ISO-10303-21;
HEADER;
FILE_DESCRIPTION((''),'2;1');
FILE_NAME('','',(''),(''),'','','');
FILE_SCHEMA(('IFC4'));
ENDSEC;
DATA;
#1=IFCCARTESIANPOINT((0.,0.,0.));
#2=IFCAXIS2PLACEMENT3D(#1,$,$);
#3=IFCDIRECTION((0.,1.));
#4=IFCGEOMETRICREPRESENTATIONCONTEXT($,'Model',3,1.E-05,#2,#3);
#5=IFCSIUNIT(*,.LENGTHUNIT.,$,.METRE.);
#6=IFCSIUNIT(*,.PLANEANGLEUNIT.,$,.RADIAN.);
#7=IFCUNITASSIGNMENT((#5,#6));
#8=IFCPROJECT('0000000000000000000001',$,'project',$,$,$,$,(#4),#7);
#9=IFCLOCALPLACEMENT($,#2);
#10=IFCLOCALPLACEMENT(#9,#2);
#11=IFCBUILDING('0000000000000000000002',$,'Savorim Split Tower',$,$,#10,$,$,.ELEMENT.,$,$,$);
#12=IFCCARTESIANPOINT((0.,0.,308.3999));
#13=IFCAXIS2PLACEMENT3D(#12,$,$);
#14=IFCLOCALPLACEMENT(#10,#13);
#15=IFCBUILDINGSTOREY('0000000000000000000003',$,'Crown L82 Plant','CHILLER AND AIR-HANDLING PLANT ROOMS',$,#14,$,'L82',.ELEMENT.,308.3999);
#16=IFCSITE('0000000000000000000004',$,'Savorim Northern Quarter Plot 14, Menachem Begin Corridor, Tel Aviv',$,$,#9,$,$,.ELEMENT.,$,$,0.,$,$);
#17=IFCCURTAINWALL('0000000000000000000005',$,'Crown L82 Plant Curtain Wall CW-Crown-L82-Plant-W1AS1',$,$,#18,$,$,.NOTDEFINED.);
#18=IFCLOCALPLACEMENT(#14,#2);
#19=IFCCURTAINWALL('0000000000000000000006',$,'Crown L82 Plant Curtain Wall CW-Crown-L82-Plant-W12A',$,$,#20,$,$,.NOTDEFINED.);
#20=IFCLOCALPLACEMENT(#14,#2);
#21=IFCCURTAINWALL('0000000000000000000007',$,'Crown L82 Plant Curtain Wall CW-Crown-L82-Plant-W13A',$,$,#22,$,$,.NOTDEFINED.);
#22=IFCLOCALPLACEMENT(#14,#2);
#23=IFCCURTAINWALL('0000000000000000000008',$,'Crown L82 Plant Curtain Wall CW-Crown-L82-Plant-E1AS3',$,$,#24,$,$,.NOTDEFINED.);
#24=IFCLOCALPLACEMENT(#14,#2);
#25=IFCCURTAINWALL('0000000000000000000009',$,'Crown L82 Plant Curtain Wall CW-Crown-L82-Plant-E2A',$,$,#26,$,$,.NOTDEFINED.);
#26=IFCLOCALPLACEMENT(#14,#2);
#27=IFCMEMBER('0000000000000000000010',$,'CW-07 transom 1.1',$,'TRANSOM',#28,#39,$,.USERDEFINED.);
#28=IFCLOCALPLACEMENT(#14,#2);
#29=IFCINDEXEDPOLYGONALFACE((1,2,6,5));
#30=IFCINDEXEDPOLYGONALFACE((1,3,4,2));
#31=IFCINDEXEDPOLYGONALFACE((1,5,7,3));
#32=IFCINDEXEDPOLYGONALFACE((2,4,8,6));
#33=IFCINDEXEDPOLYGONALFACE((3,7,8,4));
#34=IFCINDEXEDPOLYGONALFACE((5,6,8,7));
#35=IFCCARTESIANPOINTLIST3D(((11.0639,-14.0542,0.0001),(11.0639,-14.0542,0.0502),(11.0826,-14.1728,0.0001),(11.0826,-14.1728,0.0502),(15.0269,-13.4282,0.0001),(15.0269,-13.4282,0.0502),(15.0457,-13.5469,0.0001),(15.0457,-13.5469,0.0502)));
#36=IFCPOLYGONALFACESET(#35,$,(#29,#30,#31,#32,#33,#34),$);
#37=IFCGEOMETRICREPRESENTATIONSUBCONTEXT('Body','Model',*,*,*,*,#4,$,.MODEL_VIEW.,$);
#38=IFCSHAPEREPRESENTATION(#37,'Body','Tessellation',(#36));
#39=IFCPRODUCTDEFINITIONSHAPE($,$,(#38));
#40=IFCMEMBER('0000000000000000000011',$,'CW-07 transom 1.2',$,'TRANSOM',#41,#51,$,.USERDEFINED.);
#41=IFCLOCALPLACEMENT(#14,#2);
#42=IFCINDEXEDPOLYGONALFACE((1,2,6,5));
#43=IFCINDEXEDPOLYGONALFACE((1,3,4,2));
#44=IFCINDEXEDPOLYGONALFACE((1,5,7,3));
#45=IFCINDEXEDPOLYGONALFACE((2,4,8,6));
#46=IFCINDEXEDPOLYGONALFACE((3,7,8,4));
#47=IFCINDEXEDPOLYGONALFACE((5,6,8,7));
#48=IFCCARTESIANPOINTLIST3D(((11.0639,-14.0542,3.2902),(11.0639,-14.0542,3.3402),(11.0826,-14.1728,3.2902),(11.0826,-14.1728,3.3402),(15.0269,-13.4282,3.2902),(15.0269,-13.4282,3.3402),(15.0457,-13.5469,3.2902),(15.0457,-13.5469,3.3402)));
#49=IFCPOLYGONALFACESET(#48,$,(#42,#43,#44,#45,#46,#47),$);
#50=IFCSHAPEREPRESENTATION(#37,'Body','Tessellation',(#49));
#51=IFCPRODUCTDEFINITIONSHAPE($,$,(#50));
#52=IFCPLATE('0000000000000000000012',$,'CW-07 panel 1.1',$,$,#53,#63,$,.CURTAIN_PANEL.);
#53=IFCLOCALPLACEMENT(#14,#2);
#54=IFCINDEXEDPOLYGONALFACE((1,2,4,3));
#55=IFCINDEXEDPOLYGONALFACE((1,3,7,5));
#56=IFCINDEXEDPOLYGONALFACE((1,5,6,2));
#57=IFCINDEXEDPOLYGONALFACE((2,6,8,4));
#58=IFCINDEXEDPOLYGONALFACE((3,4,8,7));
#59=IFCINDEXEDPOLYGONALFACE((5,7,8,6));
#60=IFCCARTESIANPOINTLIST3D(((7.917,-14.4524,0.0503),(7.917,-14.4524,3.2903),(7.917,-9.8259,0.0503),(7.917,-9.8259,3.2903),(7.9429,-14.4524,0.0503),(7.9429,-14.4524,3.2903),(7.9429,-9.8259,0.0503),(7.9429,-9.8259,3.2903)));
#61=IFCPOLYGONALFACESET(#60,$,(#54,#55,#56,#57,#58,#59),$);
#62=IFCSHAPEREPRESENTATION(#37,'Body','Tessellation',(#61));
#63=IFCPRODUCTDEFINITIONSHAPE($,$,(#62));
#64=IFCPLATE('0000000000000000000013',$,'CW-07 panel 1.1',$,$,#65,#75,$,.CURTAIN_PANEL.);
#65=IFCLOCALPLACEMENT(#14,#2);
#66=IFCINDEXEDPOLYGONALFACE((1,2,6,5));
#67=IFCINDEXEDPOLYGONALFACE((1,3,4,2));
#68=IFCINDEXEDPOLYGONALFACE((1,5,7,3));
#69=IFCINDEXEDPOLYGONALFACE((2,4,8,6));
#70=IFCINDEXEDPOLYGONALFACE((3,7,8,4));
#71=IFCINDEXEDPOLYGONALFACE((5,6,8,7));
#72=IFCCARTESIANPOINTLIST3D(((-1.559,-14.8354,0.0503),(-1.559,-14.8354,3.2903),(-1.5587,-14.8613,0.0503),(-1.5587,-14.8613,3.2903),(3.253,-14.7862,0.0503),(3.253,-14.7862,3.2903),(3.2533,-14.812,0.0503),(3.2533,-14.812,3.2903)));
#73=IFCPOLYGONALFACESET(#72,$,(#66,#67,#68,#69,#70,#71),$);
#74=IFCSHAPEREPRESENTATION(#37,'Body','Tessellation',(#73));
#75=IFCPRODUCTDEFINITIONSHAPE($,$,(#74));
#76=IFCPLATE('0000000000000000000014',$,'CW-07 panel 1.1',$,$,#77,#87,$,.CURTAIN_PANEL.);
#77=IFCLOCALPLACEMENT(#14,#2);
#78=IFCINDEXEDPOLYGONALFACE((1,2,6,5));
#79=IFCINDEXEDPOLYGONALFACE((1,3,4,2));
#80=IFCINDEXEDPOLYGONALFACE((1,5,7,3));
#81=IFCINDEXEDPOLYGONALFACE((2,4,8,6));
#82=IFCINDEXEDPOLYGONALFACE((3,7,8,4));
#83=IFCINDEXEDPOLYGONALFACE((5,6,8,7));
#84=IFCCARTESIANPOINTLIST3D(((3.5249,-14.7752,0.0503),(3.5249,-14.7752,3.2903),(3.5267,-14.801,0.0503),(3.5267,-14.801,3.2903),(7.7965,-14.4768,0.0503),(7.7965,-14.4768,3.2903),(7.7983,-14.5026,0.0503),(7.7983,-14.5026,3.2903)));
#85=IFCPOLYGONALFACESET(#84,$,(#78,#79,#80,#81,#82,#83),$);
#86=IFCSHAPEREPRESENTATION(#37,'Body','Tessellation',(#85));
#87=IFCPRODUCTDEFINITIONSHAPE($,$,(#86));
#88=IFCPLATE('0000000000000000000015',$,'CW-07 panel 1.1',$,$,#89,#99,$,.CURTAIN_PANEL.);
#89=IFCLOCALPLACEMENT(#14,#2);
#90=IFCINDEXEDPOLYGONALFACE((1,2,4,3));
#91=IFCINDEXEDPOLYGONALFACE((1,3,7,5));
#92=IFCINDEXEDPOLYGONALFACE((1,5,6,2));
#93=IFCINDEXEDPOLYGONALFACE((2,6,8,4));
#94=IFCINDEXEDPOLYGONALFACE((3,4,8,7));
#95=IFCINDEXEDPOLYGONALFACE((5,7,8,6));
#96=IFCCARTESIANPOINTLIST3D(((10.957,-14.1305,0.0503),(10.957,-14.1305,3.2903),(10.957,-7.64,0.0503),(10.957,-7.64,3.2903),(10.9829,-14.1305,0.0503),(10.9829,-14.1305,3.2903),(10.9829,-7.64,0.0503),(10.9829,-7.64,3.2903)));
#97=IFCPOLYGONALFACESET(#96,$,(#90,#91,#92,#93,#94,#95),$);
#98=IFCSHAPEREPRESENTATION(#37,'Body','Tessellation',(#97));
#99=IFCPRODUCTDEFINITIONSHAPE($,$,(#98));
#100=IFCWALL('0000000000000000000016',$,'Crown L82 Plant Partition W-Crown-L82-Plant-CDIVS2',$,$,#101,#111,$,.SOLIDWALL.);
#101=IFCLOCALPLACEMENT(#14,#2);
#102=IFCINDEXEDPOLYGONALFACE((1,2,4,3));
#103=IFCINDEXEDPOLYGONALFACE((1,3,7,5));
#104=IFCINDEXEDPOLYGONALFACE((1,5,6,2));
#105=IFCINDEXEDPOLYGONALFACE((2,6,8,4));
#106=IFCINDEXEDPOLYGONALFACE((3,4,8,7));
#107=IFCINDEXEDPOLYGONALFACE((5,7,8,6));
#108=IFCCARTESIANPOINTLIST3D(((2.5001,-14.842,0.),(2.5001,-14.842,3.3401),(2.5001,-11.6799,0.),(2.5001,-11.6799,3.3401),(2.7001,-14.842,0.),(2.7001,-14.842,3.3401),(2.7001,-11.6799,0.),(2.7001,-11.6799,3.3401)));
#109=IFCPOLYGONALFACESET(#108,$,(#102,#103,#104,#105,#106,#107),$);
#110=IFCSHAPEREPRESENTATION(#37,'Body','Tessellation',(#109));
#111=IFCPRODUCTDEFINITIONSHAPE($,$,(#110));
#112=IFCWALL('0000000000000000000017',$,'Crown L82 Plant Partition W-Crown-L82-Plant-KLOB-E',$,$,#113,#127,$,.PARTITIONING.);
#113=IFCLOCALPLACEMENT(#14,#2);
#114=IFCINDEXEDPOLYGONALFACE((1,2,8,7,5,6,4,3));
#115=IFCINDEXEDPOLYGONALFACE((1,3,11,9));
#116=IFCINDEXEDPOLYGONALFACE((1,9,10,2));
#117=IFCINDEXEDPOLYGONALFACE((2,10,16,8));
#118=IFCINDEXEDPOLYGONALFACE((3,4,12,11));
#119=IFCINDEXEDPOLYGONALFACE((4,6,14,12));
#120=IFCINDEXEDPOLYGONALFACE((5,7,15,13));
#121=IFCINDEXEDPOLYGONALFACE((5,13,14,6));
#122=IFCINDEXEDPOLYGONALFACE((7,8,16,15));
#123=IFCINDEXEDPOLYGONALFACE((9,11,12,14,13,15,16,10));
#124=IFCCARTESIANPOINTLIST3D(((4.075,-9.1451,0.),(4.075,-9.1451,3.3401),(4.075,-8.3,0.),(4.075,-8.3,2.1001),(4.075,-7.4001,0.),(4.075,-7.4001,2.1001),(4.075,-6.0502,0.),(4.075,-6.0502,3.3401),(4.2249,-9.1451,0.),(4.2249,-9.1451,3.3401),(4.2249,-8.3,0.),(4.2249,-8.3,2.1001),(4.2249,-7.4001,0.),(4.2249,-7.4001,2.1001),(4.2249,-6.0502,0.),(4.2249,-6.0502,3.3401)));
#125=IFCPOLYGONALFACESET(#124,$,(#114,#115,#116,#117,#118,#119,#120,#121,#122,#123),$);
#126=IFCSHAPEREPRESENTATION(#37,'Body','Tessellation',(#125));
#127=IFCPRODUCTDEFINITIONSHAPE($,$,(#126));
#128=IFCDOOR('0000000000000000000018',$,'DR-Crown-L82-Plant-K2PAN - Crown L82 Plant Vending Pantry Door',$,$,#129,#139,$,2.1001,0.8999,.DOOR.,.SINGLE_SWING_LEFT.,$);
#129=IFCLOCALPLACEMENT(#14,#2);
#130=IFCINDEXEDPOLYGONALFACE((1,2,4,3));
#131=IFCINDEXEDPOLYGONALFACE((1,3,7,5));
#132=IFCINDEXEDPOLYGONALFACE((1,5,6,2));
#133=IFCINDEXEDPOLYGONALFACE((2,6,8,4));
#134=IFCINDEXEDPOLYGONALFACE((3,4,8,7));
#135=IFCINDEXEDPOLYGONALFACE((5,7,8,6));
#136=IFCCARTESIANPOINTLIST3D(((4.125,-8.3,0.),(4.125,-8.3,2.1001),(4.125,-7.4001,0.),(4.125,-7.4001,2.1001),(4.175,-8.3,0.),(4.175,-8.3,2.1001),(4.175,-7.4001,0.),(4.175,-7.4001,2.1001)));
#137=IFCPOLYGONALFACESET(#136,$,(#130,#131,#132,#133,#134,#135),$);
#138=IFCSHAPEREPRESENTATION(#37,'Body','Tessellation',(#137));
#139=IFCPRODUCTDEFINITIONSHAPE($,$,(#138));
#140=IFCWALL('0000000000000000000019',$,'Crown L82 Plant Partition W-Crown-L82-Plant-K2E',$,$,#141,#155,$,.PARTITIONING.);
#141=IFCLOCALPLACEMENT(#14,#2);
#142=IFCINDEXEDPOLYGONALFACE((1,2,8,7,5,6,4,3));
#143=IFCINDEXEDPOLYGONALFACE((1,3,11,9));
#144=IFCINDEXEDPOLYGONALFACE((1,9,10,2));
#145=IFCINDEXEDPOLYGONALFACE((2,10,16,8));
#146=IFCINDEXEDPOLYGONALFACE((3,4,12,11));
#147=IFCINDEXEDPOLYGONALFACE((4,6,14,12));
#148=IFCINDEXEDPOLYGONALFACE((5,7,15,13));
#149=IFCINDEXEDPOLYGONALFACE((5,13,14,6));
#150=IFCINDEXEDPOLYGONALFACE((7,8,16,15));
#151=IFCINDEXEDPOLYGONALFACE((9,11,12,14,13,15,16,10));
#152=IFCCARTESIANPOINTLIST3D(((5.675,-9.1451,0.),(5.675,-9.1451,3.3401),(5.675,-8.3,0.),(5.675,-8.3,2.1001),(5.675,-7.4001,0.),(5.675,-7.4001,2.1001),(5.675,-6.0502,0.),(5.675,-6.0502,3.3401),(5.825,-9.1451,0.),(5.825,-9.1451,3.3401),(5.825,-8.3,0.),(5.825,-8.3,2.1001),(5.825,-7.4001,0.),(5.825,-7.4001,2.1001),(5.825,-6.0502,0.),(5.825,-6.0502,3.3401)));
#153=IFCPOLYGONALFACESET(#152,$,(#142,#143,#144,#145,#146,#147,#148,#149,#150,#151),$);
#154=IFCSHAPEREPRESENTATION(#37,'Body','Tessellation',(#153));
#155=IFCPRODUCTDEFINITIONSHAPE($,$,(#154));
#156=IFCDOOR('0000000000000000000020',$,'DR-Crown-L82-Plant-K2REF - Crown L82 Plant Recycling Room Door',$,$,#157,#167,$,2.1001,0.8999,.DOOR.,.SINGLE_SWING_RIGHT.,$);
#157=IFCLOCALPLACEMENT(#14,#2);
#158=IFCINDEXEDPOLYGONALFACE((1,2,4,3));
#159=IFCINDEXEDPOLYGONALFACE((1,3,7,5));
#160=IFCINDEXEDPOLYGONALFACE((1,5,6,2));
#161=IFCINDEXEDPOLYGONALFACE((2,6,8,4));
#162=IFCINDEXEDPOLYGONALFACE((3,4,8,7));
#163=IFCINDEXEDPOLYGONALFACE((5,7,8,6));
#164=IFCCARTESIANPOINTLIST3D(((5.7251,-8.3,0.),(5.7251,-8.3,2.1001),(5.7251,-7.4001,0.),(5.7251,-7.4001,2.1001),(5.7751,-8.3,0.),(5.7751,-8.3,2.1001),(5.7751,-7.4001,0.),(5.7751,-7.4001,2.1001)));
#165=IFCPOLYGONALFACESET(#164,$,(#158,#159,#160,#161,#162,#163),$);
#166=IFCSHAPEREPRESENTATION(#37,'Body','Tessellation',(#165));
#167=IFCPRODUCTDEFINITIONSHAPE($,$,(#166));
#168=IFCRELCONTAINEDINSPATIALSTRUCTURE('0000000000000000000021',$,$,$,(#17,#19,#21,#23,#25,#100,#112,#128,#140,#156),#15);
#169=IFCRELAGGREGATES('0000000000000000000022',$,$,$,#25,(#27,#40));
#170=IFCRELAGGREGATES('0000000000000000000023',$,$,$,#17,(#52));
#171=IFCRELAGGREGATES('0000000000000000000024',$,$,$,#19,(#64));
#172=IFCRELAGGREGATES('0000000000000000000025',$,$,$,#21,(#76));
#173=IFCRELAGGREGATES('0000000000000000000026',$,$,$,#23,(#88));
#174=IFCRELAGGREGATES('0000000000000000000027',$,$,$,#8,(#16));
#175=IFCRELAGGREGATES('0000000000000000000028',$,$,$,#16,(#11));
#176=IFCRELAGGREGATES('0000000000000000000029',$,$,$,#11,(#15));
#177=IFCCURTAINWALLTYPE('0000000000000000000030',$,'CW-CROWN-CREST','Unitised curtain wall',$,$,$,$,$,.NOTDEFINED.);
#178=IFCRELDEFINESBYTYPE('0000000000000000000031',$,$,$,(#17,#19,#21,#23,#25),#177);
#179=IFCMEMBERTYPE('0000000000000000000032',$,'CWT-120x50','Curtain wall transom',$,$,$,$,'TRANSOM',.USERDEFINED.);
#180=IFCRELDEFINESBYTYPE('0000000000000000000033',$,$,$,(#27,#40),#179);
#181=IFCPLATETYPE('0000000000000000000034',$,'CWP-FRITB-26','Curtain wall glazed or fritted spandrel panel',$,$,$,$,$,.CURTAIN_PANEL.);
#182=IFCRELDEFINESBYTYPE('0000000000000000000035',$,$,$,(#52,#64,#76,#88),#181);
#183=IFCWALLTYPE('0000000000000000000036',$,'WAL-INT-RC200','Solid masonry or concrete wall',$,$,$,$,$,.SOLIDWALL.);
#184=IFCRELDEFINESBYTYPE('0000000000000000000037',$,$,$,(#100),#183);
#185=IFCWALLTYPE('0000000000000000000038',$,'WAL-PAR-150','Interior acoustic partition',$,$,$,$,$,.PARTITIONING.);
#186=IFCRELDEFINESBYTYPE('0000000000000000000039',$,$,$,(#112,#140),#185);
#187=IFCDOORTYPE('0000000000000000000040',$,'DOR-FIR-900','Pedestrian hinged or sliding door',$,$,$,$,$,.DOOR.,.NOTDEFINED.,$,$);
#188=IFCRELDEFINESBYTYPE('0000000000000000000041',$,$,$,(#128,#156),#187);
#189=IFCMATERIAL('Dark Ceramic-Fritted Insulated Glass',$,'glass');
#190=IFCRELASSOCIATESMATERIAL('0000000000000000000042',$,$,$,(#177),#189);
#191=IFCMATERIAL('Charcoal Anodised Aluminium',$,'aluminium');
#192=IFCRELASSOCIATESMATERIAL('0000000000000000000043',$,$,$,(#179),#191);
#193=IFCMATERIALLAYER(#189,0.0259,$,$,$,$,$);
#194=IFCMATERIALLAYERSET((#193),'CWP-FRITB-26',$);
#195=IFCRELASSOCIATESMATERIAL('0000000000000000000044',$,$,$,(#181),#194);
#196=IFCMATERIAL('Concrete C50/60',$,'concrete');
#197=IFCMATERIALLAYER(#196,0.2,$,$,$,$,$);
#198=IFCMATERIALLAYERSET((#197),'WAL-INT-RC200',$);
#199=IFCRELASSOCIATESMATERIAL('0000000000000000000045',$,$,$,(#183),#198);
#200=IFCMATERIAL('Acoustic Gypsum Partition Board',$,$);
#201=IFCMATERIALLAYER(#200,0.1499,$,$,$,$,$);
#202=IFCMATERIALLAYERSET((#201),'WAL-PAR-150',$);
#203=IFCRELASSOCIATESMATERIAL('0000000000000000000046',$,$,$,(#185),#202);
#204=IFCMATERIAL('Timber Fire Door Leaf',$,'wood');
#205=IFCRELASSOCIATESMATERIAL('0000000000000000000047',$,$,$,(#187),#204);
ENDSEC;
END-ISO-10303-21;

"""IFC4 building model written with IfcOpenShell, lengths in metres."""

from ifc_helpers import new_model, si_unit, direction, frame, frame_2d, origin, origin_2d, place, context, subcontext, project, spatial, rectangle, extrude, material, layer, layer_set, material_profile, profile_set, type_object, element, fill, aggregate, save


model = new_model("IFC4")

# Units and contexts
model_context = context("Model", 3, precision=1e-05, world=origin(), true_north=direction((0.0, 1.0)))
body_context = subcontext(model_context, "Body", "Model", "MODEL_VIEW")
ifc_project = project(units=[si_unit("LENGTHUNIT", "METRE"), si_unit("PLANEANGLEUNIT", "RADIAN")], contexts=[model_context])

# Site, building, storey
site_placement = place(None, origin())
site = spatial("IfcSite", under=ifc_project, at=site_placement, Name="Savorim Northern Quarter Plot 14, Menachem Begin Corridor, Tel Aviv", CompositionType="ELEMENT", RefElevation=0.0)
building_placement = place(site_placement, origin())
building = spatial("IfcBuilding", under=site, at=building_placement, Name="Savorim Split Tower", CompositionType="ELEMENT")
storey_placement = place(building_placement, frame((0.0, 0.0, 308.3999)))
storey = spatial("IfcBuildingStorey", under=building, at=storey_placement, Name="Crown L82 Plant", Description="CHILLER AND AIR-HANDLING PLANT ROOMS", LongName="L82", CompositionType="ELEMENT", Elevation=308.3999)

# Curtain wall
ifc_material_1 = material(Name="Dark Ceramic-Fritted Insulated Glass", Category="glass")
curtain_wall_type = type_object("IfcCurtainWallType", Name="CW-CROWN-CREST", Description="Unitised curtain wall", PredefinedType="NOTDEFINED", material=ifc_material_1)
curtain_wall_1_placement = place(storey_placement, origin())
curtain_wall_1 = element("IfcCurtainWall", 1, at=curtain_wall_1_placement, inside=storey, type_object=curtain_wall_type, Name="Crown L82 Plant Curtain Wall CW-Crown-L82-Plant-W1AS1", PredefinedType="NOTDEFINED")
ifc_material_2 = material(Name="Charcoal Anodised Aluminium", Category="aluminium")

# Curtain wall
curtain_wall_2_placement = place(storey_placement, origin())
curtain_wall_2 = element("IfcCurtainWall", 2, at=curtain_wall_2_placement, inside=storey, type_object=curtain_wall_type, Name="Crown L82 Plant Curtain Wall CW-Crown-L82-Plant-W12A", PredefinedType="NOTDEFINED")

# Curtain wall
curtain_wall_3_placement = place(storey_placement, origin())
curtain_wall_3 = element("IfcCurtainWall", 3, at=curtain_wall_3_placement, inside=storey, type_object=curtain_wall_type, Name="Crown L82 Plant Curtain Wall CW-Crown-L82-Plant-W13A", PredefinedType="NOTDEFINED")

# Curtain walls
curtain_wall_4_placement = place(storey_placement, origin())
curtain_wall_4 = element("IfcCurtainWall", 4, at=curtain_wall_4_placement, inside=storey, type_object=curtain_wall_type, Name="Crown L82 Plant Curtain Wall CW-Crown-L82-Plant-E1AS3", PredefinedType="NOTDEFINED")
curtain_wall_5_placement = place(storey_placement, origin())
curtain_wall_5 = element("IfcCurtainWall", 5, at=curtain_wall_5_placement, inside=storey, type_object=curtain_wall_type, Name="Crown L82 Plant Curtain Wall CW-Crown-L82-Plant-E2A", PredefinedType="NOTDEFINED")

# Members
ifc_material_profile_1 = material_profile(ifc_material_2, rectangle(XDim=0.1201, YDim=0.05, at=origin_2d()), Name="ALU-T 120x50")
ifc_profile_set_1 = profile_set([ifc_material_profile_1], Name="Charcoal Anodised Aluminium")
member_type_1 = type_object("IfcMemberType", Name="CWT-120x50", Description="Curtain wall transom", ElementType="TRANSOM", PredefinedType="USERDEFINED", material=ifc_profile_set_1)
member_1_placement = place(storey_placement, frame((11.0732, -14.1135, 0.0251), z_axis=(0.987755, 0.156016, 0.0), x_axis=(-0.156016, 0.987755, 0.0)))
member_1 = element("IfcMember", 6, at=member_1_placement, type_object=member_type_1, Name="CW-07 transom 1.1", ObjectType="TRANSOM", PredefinedType="USERDEFINED", context=body_context, shape_type="SweptSolid", body=[
    extrude(rectangle(XDim=0.1201, YDim=0.05, at=origin_2d()), origin(), (0.0, 0.0, 1.0), 4.0122),
])
member_2_placement = place(storey_placement, frame((11.0732, -14.1135, 3.3152), z_axis=(0.987755, 0.156016, 0.0), x_axis=(-0.156016, 0.987755, 0.0)))
member_2 = element("IfcMember", 7, at=member_2_placement, type_object=member_type_1, Name="CW-07 transom 1.2", ObjectType="TRANSOM", PredefinedType="USERDEFINED", context=body_context, shape_type="SweptSolid", body=[
    extrude(rectangle(XDim=0.1201, YDim=0.05, at=origin_2d()), origin(), (0.0, 0.0, 1.0), 4.0122),
])
aggregate(curtain_wall_5, [member_1, member_2])

# Plates
ifc_layer_1 = layer(ifc_material_1, 0.0259)
ifc_layer_set_1 = layer_set([ifc_layer_1], Name="CWP-FRITB-26")
plate_type = type_object("IfcPlateType", Name="CWP-FRITB-26", Description="Curtain wall glazed or fritted spandrel panel", PredefinedType="CURTAIN_PANEL", material=ifc_layer_set_1)
plate_1_placement = place(storey_placement, frame((7.9299, -12.1392, 0.0503), z_axis=(0.0, 0.0, 1.0), x_axis=(0.0, 1.0, 0.0)))
plate_1 = element("IfcPlate", 8, at=plate_1_placement, type_object=plate_type, Name="CW-07 panel 1.1", PredefinedType="CURTAIN_PANEL", context=body_context, shape_type="SweptSolid", body=[
    extrude(rectangle(XDim=4.6265, YDim=0.0259, at=origin_2d()), origin(), (0.0, 0.0, 1.0), 3.24),
])
aggregate(curtain_wall_1, [plate_1])
plate_2_placement = place(storey_placement, frame((0.8472, -14.8237, 0.0503), z_axis=(0.0, 0.0, 1.0), x_axis=(0.999948, 0.010239, 0.0)))
plate_2 = element("IfcPlate", 9, at=plate_2_placement, type_object=plate_type, Name="CW-07 panel 1.1", PredefinedType="CURTAIN_PANEL", context=body_context, shape_type="SweptSolid", body=[
    extrude(rectangle(XDim=4.8123, YDim=0.0259, at=origin_2d()), origin(), (0.0, 0.0, 1.0), 3.24),
])
aggregate(curtain_wall_2, [plate_2])
plate_3_placement = place(storey_placement, frame((5.6616, -14.6389, 0.0503), z_axis=(0.0, 0.0, 1.0), x_axis=(0.997568, 0.069697, 0.0)))
plate_3 = element("IfcPlate", 10, at=plate_3_placement, type_object=plate_type, Name="CW-07 panel 1.1", PredefinedType="CURTAIN_PANEL", context=body_context, shape_type="SweptSolid", body=[
    extrude(rectangle(XDim=4.282, YDim=0.0259, at=origin_2d()), origin(), (0.0, 0.0, 1.0), 3.24),
])
aggregate(curtain_wall_3, [plate_3])
plate_4_placement = place(storey_placement, frame((10.97, -10.8853, 0.0503), z_axis=(0.0, 0.0, 1.0), x_axis=(0.0, -1.0, 0.0)))
plate_4 = element("IfcPlate", 11, at=plate_4_placement, type_object=plate_type, Name="CW-07 panel 1.1", PredefinedType="CURTAIN_PANEL", context=body_context, shape_type="SweptSolid", body=[
    extrude(rectangle(XDim=6.4905, YDim=0.0259, at=origin_2d()), origin(), (0.0, 0.0, 1.0), 3.24),
])
aggregate(curtain_wall_4, [plate_4])

# Wall
ifc_material_3 = material(Name="Concrete C50/60", Category="concrete")
ifc_layer_2 = layer(ifc_material_3, 0.2)
ifc_layer_set_2 = layer_set([ifc_layer_2], Name="WAL-INT-RC200")
wall_type_1 = type_object("IfcWallType", Name="WAL-INT-RC200", Description="Solid masonry or concrete wall", PredefinedType="SOLIDWALL", material=ifc_layer_set_2)
wall_1_placement = place(storey_placement, frame((2.6001, -14.842, 0.0), z_axis=(0.0, 0.0, 1.0), x_axis=(0.0, 1.0, 0.0)))
element("IfcWall", 12, at=wall_1_placement, inside=storey, type_object=wall_type_1, Name="Crown L82 Plant Partition W-Crown-L82-Plant-CDIVS2", PredefinedType="SOLIDWALL", context=body_context, shape_type="SweptSolid", body=[
    extrude(rectangle(XDim=3.1621, YDim=0.2, at=frame_2d((1.5811, 0.0))), origin(), (0.0, 0.0, 1.0), 3.3401),
])

# Walls, openings, doors
ifc_material_4 = material(Name="Acoustic Gypsum Partition Board")
ifc_layer_3 = layer(ifc_material_4, 0.1499)
ifc_layer_set_3 = layer_set([ifc_layer_3], Name="WAL-PAR-150")
wall_type_2 = type_object("IfcWallType", Name="WAL-PAR-150", Description="Interior acoustic partition", PredefinedType="PARTITIONING", material=ifc_layer_set_3)
wall_2_placement = place(storey_placement, frame((4.1499, -9.145, 0.0), z_axis=(0.0, 0.0, 1.0), x_axis=(0.0, 1.0, 0.0)))
wall_2 = element("IfcWall", 13, at=wall_2_placement, inside=storey, type_object=wall_type_2, Name="Crown L82 Plant Partition W-Crown-L82-Plant-KLOB-E", PredefinedType="PARTITIONING", context=body_context, shape_type="SweptSolid", body=[
    extrude(rectangle(XDim=3.095, YDim=0.1499, at=frame_2d((1.5474, 0.0))), origin(), (0.0, 0.0, 1.0), 3.3401),
])
opening_1_placement = place(wall_2_placement, frame((0.845, 0.0, 0.0)))
opening_1 = element("IfcOpeningElement", 14, at=opening_1_placement, cuts=wall_2, PredefinedType="OPENING", context=body_context, shape_type="SweptSolid", body=[
    extrude(rectangle(XDim=0.8999, YDim=2.1001, at=frame_2d((0.45, 1.05))), frame((0.0, 0.085, 0.0), z_axis=(0.0, -1.0, 0.0), x_axis=(1.0, 0.0, 0.0)), (0.0, 0.0, 1.0), 0.1699),
])
ifc_material_5 = material(Name="Timber Fire Door Leaf", Category="wood")
door_type = type_object("IfcDoorType", Name="DOR-FIR-900", Description="Pedestrian hinged or sliding door", OperationType="NOTDEFINED", PredefinedType="DOOR", material=ifc_material_5)
door_1_placement = place(opening_1_placement, origin())
door_1 = element("IfcDoor", 15, at=door_1_placement, inside=storey, type_object=door_type, Name="DR-Crown-L82-Plant-K2PAN - Crown L82 Plant Vending Pantry Door", OperationType="SINGLE_SWING_LEFT", OverallHeight=2.1001, OverallWidth=0.8999, PredefinedType="DOOR", context=body_context, shape_type="SweptSolid", body=[
    extrude(rectangle(XDim=0.8999, YDim=2.1001, at=frame_2d((0.45, 1.05))), frame((0.0, 0.0249, 0.0), z_axis=(0.0, -1.0, 0.0), x_axis=(1.0, 0.0, 0.0)), (0.0, 0.0, 1.0), 0.05),
])
fill(opening_1, door_1)
wall_3_placement = place(storey_placement, frame((5.75, -9.145, 0.0), z_axis=(0.0, 0.0, 1.0), x_axis=(0.0, 1.0, 0.0)))
wall_3 = element("IfcWall", 16, at=wall_3_placement, inside=storey, type_object=wall_type_2, Name="Crown L82 Plant Partition W-Crown-L82-Plant-K2E", PredefinedType="PARTITIONING", context=body_context, shape_type="SweptSolid", body=[
    extrude(rectangle(XDim=3.095, YDim=0.1499, at=frame_2d((1.5474, 0.0))), origin(), (0.0, 0.0, 1.0), 3.3401),
])
opening_2_placement = place(wall_3_placement, frame((0.845, 0.0, 0.0)))
opening_2 = element("IfcOpeningElement", 17, at=opening_2_placement, cuts=wall_3, PredefinedType="OPENING", context=body_context, shape_type="SweptSolid", body=[
    extrude(rectangle(XDim=0.8999, YDim=2.1001, at=frame_2d((0.45, 1.05))), frame((0.0, 0.085, 0.0), z_axis=(0.0, -1.0, 0.0), x_axis=(1.0, 0.0, 0.0)), (0.0, 0.0, 1.0), 0.1699),
])
door_2_placement = place(opening_2_placement, origin())
door_2 = element("IfcDoor", 18, at=door_2_placement, inside=storey, type_object=door_type, Name="DR-Crown-L82-Plant-K2REF - Crown L82 Plant Recycling Room Door", OperationType="SINGLE_SWING_RIGHT", OverallHeight=2.1001, OverallWidth=0.8999, PredefinedType="DOOR", context=body_context, shape_type="SweptSolid", body=[
    extrude(rectangle(XDim=0.8999, YDim=2.1001, at=frame_2d((0.45, 1.05))), frame((0.0, 0.0249, 0.0), z_axis=(0.0, -1.0, 0.0), x_axis=(1.0, 0.0, 0.0)), (0.0, 0.0, 1.0), 0.05),
])
fill(opening_2, door_2)

save(model, "model.ifc")
